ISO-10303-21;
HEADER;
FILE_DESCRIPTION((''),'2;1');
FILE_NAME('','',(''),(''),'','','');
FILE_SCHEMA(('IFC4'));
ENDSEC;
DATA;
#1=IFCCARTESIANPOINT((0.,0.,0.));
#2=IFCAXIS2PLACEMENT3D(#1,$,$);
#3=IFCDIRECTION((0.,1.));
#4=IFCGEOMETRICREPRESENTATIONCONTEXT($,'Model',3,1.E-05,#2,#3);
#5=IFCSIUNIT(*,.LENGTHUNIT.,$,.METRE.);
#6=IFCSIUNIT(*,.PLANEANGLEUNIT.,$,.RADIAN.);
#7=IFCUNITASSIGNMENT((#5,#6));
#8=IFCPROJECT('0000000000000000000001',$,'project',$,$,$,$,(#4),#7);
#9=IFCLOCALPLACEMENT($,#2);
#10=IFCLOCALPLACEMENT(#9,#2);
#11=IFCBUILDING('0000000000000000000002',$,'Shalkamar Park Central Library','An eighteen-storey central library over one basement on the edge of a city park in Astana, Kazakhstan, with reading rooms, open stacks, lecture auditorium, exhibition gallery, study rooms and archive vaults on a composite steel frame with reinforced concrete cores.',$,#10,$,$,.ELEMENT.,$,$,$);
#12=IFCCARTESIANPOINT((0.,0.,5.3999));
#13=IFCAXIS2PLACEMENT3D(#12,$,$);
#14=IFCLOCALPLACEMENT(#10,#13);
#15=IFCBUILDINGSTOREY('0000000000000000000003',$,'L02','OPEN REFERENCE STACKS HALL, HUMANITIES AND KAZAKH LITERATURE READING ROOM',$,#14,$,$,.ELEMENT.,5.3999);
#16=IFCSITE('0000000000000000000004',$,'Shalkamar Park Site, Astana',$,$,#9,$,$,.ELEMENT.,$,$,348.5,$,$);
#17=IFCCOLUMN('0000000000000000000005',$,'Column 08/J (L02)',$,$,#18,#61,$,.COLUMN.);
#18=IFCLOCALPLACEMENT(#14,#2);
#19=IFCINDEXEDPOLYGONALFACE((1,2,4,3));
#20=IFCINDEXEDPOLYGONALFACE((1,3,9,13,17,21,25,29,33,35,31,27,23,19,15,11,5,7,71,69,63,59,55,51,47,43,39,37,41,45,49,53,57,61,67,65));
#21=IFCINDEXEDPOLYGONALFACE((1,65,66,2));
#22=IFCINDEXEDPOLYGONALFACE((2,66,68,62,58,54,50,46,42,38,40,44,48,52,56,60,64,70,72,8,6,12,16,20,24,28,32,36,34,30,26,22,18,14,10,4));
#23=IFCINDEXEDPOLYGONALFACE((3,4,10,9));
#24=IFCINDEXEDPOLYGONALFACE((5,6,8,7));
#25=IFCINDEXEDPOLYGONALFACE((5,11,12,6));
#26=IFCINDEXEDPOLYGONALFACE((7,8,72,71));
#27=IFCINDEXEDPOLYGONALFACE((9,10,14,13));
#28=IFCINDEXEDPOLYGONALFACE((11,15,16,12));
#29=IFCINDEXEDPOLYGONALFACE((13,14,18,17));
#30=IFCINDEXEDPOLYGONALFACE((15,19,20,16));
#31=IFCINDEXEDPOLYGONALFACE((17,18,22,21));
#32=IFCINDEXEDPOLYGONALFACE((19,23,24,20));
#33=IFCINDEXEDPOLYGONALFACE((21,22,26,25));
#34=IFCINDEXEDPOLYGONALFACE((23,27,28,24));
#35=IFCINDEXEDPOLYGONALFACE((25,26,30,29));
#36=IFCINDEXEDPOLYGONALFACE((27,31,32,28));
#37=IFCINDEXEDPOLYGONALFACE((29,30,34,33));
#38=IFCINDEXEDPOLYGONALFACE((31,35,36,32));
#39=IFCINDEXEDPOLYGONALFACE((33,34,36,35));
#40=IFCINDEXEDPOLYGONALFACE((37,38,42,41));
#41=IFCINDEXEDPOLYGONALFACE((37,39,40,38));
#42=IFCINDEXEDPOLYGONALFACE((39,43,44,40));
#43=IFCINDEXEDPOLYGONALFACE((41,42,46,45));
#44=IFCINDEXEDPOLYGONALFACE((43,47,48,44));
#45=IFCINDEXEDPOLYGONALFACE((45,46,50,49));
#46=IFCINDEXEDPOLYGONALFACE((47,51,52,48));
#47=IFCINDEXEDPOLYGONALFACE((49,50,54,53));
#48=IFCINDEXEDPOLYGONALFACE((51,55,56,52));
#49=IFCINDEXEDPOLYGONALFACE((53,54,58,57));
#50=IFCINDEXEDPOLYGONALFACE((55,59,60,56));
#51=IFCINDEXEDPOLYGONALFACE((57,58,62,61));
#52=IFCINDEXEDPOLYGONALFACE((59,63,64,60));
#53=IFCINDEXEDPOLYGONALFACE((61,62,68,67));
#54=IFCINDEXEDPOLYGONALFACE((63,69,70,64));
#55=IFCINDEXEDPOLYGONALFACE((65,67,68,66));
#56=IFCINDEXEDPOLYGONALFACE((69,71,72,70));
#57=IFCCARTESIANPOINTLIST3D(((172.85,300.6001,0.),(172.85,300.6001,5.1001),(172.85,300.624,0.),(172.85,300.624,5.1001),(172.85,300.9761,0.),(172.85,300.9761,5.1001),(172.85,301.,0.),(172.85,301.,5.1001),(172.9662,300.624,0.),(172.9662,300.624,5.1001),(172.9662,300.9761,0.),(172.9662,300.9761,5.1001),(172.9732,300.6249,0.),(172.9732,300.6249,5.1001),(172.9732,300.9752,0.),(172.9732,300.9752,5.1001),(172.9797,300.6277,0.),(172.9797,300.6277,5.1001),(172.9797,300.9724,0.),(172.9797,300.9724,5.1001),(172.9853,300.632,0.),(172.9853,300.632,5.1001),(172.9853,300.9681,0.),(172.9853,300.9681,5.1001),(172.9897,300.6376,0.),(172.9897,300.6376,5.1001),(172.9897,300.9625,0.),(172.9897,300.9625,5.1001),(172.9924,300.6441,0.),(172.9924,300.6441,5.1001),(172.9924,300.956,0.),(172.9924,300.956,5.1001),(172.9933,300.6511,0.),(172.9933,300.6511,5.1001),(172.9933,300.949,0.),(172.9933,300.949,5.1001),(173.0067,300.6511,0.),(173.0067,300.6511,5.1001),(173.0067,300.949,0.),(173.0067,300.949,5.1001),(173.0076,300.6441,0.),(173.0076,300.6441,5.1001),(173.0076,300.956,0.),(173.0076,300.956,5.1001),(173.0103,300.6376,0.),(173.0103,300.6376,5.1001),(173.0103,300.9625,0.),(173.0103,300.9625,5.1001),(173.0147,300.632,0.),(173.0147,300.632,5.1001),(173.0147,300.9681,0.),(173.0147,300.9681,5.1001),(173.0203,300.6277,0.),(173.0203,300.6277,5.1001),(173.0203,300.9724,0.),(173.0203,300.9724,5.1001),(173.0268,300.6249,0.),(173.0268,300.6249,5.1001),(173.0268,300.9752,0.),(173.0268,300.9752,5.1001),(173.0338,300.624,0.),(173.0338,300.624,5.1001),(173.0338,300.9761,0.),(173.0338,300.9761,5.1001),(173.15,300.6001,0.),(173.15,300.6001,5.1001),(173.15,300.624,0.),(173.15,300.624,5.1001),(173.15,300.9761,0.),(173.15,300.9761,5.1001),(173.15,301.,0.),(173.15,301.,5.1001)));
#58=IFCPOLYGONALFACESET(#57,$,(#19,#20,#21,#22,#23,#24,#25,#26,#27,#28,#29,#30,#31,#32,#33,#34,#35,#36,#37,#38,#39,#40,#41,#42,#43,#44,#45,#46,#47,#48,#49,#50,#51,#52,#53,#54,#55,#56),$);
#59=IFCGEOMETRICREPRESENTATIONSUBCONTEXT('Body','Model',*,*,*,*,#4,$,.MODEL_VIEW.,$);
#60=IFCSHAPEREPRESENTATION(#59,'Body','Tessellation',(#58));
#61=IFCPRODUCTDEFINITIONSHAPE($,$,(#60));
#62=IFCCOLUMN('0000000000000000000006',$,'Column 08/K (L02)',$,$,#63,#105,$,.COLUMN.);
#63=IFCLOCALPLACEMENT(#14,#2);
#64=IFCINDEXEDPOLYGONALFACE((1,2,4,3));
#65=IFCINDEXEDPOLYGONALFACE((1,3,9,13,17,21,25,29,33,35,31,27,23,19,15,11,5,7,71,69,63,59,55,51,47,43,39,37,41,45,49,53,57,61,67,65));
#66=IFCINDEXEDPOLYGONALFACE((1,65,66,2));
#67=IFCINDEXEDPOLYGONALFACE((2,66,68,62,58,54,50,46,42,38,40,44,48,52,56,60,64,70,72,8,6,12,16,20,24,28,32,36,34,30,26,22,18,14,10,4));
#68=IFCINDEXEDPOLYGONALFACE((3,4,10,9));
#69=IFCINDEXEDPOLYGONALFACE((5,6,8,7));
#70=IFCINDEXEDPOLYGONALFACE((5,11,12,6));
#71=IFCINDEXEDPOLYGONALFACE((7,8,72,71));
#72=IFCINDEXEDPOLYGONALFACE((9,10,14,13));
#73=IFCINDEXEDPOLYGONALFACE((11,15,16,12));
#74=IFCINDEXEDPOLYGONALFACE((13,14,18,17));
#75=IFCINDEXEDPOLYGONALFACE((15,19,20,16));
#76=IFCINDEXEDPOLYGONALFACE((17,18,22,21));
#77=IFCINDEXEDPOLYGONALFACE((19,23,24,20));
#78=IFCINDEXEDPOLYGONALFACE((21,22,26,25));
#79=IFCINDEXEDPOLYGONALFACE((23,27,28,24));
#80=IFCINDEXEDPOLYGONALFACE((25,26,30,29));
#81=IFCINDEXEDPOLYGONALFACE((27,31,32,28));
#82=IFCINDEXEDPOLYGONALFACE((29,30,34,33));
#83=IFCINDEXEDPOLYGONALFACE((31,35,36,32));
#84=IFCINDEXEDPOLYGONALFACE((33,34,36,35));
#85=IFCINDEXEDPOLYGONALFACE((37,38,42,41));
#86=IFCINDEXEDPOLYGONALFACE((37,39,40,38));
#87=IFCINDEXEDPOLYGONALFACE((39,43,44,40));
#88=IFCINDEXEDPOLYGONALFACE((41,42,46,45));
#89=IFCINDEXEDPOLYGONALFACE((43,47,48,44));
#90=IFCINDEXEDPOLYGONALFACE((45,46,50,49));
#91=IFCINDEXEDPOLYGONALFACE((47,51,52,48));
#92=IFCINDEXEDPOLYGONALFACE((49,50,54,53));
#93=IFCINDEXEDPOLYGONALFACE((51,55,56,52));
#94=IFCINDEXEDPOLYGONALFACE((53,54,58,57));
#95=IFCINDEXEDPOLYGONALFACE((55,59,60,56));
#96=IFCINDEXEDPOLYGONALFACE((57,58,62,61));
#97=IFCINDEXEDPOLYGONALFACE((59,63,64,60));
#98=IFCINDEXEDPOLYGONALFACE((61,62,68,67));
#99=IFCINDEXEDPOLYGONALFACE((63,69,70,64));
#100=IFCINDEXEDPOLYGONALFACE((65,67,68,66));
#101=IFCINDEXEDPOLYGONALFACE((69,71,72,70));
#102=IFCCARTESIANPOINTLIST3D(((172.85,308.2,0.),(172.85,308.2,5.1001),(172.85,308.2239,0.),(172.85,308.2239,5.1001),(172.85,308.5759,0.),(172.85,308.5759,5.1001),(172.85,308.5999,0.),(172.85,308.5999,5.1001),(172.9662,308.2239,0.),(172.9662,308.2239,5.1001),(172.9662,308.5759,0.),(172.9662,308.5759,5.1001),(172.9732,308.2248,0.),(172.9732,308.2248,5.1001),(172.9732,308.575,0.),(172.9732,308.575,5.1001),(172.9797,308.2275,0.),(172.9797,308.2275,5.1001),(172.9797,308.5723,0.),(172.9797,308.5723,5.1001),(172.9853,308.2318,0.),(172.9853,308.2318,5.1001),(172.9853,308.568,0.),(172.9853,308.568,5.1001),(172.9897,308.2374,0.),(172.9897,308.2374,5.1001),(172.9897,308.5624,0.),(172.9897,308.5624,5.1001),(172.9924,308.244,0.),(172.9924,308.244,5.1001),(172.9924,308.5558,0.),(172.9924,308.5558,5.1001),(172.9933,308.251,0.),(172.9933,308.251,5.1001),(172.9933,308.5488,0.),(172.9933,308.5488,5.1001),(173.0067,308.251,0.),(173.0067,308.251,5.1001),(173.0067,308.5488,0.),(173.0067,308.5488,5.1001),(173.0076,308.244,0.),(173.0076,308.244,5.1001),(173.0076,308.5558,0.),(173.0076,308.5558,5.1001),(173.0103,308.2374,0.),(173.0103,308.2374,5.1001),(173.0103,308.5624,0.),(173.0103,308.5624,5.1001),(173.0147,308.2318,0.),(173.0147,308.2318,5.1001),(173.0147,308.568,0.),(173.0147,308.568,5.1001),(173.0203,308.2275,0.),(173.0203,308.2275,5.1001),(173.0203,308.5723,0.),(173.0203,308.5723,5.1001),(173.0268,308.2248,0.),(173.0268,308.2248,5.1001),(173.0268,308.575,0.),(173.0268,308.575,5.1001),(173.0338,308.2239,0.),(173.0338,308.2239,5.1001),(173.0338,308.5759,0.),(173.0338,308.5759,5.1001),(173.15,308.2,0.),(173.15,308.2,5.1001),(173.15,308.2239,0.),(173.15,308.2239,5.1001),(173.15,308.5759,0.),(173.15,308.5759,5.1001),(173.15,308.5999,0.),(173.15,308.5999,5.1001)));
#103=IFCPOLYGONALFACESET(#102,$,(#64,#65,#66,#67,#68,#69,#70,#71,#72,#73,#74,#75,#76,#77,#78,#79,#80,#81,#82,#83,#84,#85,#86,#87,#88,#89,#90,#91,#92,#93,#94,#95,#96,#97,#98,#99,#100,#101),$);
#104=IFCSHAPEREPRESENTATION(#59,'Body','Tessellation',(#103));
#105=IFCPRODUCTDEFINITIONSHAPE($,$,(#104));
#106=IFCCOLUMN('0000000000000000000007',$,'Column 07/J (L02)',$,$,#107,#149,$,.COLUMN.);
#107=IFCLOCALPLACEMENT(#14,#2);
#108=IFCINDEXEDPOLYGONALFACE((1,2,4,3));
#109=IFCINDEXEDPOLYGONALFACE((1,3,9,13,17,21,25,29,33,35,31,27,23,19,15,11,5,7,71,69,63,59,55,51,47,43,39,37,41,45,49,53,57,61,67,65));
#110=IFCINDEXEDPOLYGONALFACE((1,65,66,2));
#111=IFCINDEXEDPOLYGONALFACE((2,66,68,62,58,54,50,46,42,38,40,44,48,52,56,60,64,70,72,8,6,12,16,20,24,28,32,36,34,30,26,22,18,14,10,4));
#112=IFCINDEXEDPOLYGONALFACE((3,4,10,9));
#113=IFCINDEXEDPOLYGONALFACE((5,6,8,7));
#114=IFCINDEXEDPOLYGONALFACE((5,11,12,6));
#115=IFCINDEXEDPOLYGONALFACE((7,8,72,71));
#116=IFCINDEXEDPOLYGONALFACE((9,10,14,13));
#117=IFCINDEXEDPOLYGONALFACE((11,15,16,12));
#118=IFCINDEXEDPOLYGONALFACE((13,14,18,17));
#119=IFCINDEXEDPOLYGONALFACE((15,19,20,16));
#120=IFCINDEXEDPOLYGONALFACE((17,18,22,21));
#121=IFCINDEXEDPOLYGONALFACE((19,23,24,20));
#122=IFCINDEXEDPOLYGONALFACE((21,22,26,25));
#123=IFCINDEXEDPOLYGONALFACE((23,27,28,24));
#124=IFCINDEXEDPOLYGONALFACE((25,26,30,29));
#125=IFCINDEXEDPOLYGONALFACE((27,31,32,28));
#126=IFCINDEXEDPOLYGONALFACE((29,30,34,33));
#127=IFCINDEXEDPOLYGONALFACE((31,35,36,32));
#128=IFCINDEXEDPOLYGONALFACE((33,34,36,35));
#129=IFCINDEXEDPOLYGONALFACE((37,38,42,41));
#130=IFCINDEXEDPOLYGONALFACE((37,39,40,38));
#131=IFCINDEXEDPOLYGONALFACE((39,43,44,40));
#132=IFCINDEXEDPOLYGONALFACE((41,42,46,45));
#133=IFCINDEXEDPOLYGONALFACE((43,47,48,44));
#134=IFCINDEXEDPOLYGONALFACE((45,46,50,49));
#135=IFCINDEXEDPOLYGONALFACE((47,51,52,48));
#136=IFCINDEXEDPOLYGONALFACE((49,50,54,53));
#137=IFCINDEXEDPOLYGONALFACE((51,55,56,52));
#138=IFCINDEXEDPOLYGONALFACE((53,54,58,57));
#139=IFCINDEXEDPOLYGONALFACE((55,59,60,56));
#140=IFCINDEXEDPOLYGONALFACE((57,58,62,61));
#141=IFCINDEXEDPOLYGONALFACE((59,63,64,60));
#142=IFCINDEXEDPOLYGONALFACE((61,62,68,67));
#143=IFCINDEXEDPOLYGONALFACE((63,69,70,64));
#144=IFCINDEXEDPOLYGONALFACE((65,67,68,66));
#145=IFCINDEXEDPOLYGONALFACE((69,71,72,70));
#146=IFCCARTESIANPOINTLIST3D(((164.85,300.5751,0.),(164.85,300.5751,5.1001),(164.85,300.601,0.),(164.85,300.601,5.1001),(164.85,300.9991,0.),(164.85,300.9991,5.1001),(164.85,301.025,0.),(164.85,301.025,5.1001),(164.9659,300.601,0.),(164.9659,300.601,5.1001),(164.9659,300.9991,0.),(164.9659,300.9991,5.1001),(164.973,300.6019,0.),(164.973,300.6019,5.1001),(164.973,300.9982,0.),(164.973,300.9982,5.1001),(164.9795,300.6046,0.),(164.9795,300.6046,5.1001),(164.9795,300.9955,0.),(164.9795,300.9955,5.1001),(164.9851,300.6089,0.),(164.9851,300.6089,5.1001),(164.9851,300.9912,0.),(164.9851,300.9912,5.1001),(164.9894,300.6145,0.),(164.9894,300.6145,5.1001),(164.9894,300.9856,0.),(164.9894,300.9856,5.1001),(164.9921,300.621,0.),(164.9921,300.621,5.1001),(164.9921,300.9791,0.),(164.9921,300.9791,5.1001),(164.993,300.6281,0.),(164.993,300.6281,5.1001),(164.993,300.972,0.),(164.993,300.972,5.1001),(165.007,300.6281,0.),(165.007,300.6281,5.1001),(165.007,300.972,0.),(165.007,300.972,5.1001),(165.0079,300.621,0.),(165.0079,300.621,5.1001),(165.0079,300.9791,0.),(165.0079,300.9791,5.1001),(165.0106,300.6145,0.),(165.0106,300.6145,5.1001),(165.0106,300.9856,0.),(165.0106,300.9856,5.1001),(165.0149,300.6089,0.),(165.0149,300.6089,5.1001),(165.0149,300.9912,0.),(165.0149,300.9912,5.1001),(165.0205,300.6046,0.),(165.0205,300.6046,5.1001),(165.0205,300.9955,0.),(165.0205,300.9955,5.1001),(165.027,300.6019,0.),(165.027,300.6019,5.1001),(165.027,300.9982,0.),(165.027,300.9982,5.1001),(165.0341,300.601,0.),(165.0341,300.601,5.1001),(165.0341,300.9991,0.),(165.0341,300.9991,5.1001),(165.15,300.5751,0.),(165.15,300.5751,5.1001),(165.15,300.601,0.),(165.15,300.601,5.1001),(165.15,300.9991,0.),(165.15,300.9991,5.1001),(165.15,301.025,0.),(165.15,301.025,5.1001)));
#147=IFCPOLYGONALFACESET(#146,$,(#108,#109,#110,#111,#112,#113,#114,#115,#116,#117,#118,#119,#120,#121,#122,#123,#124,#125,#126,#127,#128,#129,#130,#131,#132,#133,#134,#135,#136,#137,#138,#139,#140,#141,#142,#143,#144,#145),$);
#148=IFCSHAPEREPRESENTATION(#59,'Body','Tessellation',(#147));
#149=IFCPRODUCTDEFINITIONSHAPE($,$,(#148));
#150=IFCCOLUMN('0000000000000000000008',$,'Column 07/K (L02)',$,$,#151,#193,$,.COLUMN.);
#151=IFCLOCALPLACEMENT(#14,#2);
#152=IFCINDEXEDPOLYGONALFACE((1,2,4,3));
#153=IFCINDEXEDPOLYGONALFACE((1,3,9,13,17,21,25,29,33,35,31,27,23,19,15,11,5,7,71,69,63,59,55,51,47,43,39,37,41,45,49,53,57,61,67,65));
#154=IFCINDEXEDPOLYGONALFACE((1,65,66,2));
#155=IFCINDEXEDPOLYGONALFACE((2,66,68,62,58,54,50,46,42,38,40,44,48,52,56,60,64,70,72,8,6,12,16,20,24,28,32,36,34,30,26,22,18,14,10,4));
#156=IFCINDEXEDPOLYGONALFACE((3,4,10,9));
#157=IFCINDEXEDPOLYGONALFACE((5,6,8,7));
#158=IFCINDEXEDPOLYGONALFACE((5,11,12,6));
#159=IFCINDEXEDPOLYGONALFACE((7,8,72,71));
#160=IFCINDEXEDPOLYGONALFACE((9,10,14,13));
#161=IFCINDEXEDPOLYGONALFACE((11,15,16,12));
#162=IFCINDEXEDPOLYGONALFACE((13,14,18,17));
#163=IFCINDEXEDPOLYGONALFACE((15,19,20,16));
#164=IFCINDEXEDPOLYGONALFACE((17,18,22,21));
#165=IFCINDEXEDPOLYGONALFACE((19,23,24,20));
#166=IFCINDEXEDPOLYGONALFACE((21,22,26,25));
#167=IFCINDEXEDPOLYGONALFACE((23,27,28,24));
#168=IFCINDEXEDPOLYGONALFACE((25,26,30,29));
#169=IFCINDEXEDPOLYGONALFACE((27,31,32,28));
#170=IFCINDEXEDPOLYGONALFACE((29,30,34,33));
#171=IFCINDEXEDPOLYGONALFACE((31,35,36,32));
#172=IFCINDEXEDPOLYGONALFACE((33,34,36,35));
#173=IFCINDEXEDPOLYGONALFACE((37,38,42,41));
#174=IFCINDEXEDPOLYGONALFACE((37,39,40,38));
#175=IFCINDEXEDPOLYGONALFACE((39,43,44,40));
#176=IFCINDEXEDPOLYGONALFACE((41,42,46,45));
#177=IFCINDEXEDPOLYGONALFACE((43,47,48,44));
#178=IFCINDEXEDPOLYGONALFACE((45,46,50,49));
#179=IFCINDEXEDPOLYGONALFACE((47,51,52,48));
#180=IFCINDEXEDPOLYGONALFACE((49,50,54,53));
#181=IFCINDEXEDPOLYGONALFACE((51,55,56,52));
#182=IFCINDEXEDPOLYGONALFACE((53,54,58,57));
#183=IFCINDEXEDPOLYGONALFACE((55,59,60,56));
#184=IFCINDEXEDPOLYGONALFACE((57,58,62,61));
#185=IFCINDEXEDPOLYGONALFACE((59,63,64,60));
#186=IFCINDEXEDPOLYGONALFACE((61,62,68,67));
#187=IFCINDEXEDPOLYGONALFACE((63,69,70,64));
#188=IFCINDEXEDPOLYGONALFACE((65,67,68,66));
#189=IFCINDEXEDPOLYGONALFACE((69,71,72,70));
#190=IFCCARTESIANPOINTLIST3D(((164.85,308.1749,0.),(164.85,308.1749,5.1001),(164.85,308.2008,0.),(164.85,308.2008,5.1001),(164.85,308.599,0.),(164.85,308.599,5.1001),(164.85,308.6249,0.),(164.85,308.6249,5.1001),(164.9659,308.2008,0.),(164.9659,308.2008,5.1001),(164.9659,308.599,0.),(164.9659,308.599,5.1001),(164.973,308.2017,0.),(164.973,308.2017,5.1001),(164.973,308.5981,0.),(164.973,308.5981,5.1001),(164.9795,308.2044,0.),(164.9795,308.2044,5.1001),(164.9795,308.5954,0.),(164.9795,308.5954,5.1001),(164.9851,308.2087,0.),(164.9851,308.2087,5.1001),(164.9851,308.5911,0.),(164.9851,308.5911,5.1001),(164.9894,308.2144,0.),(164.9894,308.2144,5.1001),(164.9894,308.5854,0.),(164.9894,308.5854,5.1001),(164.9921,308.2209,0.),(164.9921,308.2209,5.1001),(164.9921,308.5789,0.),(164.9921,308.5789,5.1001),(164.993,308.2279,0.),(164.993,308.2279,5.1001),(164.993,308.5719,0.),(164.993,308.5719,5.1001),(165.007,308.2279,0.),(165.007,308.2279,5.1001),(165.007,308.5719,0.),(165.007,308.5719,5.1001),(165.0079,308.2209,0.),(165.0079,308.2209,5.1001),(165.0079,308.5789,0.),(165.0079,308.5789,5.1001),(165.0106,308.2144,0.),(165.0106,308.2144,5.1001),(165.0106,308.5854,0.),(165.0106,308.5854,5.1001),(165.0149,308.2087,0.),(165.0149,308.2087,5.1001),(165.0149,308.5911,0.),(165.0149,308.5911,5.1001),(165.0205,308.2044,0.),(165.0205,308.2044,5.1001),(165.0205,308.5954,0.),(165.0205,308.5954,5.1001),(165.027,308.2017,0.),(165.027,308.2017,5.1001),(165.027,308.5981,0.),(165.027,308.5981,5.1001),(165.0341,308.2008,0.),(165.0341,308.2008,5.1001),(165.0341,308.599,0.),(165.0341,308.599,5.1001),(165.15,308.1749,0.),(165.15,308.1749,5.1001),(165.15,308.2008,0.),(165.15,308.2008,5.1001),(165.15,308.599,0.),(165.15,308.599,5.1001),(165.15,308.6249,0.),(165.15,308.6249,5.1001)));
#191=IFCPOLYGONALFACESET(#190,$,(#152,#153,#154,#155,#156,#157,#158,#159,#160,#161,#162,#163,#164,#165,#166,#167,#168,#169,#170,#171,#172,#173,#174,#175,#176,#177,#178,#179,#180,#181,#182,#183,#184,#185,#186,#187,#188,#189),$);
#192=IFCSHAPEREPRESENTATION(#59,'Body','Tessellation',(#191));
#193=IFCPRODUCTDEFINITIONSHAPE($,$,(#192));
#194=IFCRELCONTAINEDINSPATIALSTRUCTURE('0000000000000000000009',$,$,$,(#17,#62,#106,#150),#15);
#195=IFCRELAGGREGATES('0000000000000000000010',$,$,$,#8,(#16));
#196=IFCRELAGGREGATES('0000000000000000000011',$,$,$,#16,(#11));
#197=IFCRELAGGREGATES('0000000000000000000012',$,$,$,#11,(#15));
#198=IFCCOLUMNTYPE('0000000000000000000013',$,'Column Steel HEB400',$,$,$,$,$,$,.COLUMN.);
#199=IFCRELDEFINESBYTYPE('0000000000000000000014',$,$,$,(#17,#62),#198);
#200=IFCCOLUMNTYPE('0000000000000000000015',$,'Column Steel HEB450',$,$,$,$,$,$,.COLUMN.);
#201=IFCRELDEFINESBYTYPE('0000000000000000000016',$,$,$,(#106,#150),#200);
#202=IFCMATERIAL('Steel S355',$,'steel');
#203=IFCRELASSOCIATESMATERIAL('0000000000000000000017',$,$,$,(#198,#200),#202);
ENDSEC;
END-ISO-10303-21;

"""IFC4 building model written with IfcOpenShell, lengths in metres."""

from ifc_helpers import new_model, si_unit, direction, frame, origin, origin_2d, place, context, subcontext, project, spatial, i_section, extrude, material, material_profile, profile_set, type_object, element, save


model = new_model("IFC4")

# Units and contexts
model_context = context("Model", 3, precision=1e-05, world=origin(), true_north=direction((0.0, 1.0)))
body_context = subcontext(model_context, "Body", "Model", "MODEL_VIEW")
ifc_project = project(units=[si_unit("LENGTHUNIT", "METRE"), si_unit("PLANEANGLEUNIT", "RADIAN")], contexts=[model_context])

# Site, building, storey
site_placement = place(None, origin())
site = spatial("IfcSite", under=ifc_project, at=site_placement, Name="Shalkamar Park Site, Astana", CompositionType="ELEMENT", RefElevation=348.5)
building_placement = place(site_placement, origin())
building = spatial("IfcBuilding", under=site, at=building_placement, Name="Shalkamar Park Central Library", Description="An eighteen-storey central library over one basement on the edge of a city park in Astana, Kazakhstan, with reading rooms, open stacks, lecture auditorium, exhibition gallery, study rooms and archive vaults on a composite steel frame with reinforced concrete cores.", CompositionType="ELEMENT")
storey_placement = place(building_placement, frame((0.0, 0.0, 5.3999)))
storey = spatial("IfcBuildingStorey", under=building, at=storey_placement, Name="L02", Description="OPEN REFERENCE STACKS HALL, HUMANITIES AND KAZAKH LITERATURE READING ROOM", CompositionType="ELEMENT", Elevation=5.3999)

# Columns
ifc_material_1 = material(Name="Steel S355", Category="steel")
ifc_material_profile_1 = material_profile(ifc_material_1, i_section(OverallWidth=0.3, OverallDepth=0.3999, WebThickness=0.0134, FlangeThickness=0.0239, FilletRadius=0.0271, at=origin_2d()), Name="HEB 400")
ifc_profile_set_1 = profile_set([ifc_material_profile_1], Name="Steel S355")
column_type_1 = type_object("IfcColumnType", Name="Column Steel HEB400", PredefinedType="COLUMN", material=ifc_profile_set_1)
for number, where, z_axis, x_axis, name in (
    (1, (173.0, 300.8, 0.0), (0.0, 0.0, 1.0), (1.0, 0.0, 0.0), "Column 08/J (L02)"),
    (2, (173.0, 308.3999, 0.0), (0.0, 0.0, 1.0), (1.0, 0.0, 0.0), "Column 08/K (L02)"),
):
    element("IfcColumn", number, at=place(storey_placement, frame(where, z_axis=z_axis, x_axis=x_axis)), inside=storey, type_object=column_type_1, Name=name, PredefinedType="COLUMN", context=body_context, shape_type="SweptSolid", body=[
        extrude(i_section(OverallWidth=0.3, OverallDepth=0.3999, WebThickness=0.0134, FlangeThickness=0.0239, FilletRadius=0.0271, at=origin_2d()), origin(), (0.0, 0.0, 1.0), 5.1001),
    ])
ifc_material_profile_2 = material_profile(ifc_material_1, i_section(OverallWidth=0.3, OverallDepth=0.45, WebThickness=0.0139, FlangeThickness=0.0259, FilletRadius=0.0271, at=origin_2d()), Name="HEB 450")
ifc_profile_set_2 = profile_set([ifc_material_profile_2], Name="Steel S355")
column_type_2 = type_object("IfcColumnType", Name="Column Steel HEB450", PredefinedType="COLUMN", material=ifc_profile_set_2)
for number, where, z_axis, x_axis, name in (
    (3, (165.0, 300.8, 0.0), (0.0, 0.0, 1.0), (1.0, 0.0, 0.0), "Column 07/J (L02)"),
    (4, (165.0, 308.3999, 0.0), (0.0, 0.0, 1.0), (1.0, 0.0, 0.0), "Column 07/K (L02)"),
):
    element("IfcColumn", number, at=place(storey_placement, frame(where, z_axis=z_axis, x_axis=x_axis)), inside=storey, type_object=column_type_2, Name=name, PredefinedType="COLUMN", context=body_context, shape_type="SweptSolid", body=[
        extrude(i_section(OverallWidth=0.3, OverallDepth=0.45, WebThickness=0.0139, FlangeThickness=0.0259, FilletRadius=0.0271, at=origin_2d()), origin(), (0.0, 0.0, 1.0), 5.1001),
    ])

save(model, "model.ifc")
